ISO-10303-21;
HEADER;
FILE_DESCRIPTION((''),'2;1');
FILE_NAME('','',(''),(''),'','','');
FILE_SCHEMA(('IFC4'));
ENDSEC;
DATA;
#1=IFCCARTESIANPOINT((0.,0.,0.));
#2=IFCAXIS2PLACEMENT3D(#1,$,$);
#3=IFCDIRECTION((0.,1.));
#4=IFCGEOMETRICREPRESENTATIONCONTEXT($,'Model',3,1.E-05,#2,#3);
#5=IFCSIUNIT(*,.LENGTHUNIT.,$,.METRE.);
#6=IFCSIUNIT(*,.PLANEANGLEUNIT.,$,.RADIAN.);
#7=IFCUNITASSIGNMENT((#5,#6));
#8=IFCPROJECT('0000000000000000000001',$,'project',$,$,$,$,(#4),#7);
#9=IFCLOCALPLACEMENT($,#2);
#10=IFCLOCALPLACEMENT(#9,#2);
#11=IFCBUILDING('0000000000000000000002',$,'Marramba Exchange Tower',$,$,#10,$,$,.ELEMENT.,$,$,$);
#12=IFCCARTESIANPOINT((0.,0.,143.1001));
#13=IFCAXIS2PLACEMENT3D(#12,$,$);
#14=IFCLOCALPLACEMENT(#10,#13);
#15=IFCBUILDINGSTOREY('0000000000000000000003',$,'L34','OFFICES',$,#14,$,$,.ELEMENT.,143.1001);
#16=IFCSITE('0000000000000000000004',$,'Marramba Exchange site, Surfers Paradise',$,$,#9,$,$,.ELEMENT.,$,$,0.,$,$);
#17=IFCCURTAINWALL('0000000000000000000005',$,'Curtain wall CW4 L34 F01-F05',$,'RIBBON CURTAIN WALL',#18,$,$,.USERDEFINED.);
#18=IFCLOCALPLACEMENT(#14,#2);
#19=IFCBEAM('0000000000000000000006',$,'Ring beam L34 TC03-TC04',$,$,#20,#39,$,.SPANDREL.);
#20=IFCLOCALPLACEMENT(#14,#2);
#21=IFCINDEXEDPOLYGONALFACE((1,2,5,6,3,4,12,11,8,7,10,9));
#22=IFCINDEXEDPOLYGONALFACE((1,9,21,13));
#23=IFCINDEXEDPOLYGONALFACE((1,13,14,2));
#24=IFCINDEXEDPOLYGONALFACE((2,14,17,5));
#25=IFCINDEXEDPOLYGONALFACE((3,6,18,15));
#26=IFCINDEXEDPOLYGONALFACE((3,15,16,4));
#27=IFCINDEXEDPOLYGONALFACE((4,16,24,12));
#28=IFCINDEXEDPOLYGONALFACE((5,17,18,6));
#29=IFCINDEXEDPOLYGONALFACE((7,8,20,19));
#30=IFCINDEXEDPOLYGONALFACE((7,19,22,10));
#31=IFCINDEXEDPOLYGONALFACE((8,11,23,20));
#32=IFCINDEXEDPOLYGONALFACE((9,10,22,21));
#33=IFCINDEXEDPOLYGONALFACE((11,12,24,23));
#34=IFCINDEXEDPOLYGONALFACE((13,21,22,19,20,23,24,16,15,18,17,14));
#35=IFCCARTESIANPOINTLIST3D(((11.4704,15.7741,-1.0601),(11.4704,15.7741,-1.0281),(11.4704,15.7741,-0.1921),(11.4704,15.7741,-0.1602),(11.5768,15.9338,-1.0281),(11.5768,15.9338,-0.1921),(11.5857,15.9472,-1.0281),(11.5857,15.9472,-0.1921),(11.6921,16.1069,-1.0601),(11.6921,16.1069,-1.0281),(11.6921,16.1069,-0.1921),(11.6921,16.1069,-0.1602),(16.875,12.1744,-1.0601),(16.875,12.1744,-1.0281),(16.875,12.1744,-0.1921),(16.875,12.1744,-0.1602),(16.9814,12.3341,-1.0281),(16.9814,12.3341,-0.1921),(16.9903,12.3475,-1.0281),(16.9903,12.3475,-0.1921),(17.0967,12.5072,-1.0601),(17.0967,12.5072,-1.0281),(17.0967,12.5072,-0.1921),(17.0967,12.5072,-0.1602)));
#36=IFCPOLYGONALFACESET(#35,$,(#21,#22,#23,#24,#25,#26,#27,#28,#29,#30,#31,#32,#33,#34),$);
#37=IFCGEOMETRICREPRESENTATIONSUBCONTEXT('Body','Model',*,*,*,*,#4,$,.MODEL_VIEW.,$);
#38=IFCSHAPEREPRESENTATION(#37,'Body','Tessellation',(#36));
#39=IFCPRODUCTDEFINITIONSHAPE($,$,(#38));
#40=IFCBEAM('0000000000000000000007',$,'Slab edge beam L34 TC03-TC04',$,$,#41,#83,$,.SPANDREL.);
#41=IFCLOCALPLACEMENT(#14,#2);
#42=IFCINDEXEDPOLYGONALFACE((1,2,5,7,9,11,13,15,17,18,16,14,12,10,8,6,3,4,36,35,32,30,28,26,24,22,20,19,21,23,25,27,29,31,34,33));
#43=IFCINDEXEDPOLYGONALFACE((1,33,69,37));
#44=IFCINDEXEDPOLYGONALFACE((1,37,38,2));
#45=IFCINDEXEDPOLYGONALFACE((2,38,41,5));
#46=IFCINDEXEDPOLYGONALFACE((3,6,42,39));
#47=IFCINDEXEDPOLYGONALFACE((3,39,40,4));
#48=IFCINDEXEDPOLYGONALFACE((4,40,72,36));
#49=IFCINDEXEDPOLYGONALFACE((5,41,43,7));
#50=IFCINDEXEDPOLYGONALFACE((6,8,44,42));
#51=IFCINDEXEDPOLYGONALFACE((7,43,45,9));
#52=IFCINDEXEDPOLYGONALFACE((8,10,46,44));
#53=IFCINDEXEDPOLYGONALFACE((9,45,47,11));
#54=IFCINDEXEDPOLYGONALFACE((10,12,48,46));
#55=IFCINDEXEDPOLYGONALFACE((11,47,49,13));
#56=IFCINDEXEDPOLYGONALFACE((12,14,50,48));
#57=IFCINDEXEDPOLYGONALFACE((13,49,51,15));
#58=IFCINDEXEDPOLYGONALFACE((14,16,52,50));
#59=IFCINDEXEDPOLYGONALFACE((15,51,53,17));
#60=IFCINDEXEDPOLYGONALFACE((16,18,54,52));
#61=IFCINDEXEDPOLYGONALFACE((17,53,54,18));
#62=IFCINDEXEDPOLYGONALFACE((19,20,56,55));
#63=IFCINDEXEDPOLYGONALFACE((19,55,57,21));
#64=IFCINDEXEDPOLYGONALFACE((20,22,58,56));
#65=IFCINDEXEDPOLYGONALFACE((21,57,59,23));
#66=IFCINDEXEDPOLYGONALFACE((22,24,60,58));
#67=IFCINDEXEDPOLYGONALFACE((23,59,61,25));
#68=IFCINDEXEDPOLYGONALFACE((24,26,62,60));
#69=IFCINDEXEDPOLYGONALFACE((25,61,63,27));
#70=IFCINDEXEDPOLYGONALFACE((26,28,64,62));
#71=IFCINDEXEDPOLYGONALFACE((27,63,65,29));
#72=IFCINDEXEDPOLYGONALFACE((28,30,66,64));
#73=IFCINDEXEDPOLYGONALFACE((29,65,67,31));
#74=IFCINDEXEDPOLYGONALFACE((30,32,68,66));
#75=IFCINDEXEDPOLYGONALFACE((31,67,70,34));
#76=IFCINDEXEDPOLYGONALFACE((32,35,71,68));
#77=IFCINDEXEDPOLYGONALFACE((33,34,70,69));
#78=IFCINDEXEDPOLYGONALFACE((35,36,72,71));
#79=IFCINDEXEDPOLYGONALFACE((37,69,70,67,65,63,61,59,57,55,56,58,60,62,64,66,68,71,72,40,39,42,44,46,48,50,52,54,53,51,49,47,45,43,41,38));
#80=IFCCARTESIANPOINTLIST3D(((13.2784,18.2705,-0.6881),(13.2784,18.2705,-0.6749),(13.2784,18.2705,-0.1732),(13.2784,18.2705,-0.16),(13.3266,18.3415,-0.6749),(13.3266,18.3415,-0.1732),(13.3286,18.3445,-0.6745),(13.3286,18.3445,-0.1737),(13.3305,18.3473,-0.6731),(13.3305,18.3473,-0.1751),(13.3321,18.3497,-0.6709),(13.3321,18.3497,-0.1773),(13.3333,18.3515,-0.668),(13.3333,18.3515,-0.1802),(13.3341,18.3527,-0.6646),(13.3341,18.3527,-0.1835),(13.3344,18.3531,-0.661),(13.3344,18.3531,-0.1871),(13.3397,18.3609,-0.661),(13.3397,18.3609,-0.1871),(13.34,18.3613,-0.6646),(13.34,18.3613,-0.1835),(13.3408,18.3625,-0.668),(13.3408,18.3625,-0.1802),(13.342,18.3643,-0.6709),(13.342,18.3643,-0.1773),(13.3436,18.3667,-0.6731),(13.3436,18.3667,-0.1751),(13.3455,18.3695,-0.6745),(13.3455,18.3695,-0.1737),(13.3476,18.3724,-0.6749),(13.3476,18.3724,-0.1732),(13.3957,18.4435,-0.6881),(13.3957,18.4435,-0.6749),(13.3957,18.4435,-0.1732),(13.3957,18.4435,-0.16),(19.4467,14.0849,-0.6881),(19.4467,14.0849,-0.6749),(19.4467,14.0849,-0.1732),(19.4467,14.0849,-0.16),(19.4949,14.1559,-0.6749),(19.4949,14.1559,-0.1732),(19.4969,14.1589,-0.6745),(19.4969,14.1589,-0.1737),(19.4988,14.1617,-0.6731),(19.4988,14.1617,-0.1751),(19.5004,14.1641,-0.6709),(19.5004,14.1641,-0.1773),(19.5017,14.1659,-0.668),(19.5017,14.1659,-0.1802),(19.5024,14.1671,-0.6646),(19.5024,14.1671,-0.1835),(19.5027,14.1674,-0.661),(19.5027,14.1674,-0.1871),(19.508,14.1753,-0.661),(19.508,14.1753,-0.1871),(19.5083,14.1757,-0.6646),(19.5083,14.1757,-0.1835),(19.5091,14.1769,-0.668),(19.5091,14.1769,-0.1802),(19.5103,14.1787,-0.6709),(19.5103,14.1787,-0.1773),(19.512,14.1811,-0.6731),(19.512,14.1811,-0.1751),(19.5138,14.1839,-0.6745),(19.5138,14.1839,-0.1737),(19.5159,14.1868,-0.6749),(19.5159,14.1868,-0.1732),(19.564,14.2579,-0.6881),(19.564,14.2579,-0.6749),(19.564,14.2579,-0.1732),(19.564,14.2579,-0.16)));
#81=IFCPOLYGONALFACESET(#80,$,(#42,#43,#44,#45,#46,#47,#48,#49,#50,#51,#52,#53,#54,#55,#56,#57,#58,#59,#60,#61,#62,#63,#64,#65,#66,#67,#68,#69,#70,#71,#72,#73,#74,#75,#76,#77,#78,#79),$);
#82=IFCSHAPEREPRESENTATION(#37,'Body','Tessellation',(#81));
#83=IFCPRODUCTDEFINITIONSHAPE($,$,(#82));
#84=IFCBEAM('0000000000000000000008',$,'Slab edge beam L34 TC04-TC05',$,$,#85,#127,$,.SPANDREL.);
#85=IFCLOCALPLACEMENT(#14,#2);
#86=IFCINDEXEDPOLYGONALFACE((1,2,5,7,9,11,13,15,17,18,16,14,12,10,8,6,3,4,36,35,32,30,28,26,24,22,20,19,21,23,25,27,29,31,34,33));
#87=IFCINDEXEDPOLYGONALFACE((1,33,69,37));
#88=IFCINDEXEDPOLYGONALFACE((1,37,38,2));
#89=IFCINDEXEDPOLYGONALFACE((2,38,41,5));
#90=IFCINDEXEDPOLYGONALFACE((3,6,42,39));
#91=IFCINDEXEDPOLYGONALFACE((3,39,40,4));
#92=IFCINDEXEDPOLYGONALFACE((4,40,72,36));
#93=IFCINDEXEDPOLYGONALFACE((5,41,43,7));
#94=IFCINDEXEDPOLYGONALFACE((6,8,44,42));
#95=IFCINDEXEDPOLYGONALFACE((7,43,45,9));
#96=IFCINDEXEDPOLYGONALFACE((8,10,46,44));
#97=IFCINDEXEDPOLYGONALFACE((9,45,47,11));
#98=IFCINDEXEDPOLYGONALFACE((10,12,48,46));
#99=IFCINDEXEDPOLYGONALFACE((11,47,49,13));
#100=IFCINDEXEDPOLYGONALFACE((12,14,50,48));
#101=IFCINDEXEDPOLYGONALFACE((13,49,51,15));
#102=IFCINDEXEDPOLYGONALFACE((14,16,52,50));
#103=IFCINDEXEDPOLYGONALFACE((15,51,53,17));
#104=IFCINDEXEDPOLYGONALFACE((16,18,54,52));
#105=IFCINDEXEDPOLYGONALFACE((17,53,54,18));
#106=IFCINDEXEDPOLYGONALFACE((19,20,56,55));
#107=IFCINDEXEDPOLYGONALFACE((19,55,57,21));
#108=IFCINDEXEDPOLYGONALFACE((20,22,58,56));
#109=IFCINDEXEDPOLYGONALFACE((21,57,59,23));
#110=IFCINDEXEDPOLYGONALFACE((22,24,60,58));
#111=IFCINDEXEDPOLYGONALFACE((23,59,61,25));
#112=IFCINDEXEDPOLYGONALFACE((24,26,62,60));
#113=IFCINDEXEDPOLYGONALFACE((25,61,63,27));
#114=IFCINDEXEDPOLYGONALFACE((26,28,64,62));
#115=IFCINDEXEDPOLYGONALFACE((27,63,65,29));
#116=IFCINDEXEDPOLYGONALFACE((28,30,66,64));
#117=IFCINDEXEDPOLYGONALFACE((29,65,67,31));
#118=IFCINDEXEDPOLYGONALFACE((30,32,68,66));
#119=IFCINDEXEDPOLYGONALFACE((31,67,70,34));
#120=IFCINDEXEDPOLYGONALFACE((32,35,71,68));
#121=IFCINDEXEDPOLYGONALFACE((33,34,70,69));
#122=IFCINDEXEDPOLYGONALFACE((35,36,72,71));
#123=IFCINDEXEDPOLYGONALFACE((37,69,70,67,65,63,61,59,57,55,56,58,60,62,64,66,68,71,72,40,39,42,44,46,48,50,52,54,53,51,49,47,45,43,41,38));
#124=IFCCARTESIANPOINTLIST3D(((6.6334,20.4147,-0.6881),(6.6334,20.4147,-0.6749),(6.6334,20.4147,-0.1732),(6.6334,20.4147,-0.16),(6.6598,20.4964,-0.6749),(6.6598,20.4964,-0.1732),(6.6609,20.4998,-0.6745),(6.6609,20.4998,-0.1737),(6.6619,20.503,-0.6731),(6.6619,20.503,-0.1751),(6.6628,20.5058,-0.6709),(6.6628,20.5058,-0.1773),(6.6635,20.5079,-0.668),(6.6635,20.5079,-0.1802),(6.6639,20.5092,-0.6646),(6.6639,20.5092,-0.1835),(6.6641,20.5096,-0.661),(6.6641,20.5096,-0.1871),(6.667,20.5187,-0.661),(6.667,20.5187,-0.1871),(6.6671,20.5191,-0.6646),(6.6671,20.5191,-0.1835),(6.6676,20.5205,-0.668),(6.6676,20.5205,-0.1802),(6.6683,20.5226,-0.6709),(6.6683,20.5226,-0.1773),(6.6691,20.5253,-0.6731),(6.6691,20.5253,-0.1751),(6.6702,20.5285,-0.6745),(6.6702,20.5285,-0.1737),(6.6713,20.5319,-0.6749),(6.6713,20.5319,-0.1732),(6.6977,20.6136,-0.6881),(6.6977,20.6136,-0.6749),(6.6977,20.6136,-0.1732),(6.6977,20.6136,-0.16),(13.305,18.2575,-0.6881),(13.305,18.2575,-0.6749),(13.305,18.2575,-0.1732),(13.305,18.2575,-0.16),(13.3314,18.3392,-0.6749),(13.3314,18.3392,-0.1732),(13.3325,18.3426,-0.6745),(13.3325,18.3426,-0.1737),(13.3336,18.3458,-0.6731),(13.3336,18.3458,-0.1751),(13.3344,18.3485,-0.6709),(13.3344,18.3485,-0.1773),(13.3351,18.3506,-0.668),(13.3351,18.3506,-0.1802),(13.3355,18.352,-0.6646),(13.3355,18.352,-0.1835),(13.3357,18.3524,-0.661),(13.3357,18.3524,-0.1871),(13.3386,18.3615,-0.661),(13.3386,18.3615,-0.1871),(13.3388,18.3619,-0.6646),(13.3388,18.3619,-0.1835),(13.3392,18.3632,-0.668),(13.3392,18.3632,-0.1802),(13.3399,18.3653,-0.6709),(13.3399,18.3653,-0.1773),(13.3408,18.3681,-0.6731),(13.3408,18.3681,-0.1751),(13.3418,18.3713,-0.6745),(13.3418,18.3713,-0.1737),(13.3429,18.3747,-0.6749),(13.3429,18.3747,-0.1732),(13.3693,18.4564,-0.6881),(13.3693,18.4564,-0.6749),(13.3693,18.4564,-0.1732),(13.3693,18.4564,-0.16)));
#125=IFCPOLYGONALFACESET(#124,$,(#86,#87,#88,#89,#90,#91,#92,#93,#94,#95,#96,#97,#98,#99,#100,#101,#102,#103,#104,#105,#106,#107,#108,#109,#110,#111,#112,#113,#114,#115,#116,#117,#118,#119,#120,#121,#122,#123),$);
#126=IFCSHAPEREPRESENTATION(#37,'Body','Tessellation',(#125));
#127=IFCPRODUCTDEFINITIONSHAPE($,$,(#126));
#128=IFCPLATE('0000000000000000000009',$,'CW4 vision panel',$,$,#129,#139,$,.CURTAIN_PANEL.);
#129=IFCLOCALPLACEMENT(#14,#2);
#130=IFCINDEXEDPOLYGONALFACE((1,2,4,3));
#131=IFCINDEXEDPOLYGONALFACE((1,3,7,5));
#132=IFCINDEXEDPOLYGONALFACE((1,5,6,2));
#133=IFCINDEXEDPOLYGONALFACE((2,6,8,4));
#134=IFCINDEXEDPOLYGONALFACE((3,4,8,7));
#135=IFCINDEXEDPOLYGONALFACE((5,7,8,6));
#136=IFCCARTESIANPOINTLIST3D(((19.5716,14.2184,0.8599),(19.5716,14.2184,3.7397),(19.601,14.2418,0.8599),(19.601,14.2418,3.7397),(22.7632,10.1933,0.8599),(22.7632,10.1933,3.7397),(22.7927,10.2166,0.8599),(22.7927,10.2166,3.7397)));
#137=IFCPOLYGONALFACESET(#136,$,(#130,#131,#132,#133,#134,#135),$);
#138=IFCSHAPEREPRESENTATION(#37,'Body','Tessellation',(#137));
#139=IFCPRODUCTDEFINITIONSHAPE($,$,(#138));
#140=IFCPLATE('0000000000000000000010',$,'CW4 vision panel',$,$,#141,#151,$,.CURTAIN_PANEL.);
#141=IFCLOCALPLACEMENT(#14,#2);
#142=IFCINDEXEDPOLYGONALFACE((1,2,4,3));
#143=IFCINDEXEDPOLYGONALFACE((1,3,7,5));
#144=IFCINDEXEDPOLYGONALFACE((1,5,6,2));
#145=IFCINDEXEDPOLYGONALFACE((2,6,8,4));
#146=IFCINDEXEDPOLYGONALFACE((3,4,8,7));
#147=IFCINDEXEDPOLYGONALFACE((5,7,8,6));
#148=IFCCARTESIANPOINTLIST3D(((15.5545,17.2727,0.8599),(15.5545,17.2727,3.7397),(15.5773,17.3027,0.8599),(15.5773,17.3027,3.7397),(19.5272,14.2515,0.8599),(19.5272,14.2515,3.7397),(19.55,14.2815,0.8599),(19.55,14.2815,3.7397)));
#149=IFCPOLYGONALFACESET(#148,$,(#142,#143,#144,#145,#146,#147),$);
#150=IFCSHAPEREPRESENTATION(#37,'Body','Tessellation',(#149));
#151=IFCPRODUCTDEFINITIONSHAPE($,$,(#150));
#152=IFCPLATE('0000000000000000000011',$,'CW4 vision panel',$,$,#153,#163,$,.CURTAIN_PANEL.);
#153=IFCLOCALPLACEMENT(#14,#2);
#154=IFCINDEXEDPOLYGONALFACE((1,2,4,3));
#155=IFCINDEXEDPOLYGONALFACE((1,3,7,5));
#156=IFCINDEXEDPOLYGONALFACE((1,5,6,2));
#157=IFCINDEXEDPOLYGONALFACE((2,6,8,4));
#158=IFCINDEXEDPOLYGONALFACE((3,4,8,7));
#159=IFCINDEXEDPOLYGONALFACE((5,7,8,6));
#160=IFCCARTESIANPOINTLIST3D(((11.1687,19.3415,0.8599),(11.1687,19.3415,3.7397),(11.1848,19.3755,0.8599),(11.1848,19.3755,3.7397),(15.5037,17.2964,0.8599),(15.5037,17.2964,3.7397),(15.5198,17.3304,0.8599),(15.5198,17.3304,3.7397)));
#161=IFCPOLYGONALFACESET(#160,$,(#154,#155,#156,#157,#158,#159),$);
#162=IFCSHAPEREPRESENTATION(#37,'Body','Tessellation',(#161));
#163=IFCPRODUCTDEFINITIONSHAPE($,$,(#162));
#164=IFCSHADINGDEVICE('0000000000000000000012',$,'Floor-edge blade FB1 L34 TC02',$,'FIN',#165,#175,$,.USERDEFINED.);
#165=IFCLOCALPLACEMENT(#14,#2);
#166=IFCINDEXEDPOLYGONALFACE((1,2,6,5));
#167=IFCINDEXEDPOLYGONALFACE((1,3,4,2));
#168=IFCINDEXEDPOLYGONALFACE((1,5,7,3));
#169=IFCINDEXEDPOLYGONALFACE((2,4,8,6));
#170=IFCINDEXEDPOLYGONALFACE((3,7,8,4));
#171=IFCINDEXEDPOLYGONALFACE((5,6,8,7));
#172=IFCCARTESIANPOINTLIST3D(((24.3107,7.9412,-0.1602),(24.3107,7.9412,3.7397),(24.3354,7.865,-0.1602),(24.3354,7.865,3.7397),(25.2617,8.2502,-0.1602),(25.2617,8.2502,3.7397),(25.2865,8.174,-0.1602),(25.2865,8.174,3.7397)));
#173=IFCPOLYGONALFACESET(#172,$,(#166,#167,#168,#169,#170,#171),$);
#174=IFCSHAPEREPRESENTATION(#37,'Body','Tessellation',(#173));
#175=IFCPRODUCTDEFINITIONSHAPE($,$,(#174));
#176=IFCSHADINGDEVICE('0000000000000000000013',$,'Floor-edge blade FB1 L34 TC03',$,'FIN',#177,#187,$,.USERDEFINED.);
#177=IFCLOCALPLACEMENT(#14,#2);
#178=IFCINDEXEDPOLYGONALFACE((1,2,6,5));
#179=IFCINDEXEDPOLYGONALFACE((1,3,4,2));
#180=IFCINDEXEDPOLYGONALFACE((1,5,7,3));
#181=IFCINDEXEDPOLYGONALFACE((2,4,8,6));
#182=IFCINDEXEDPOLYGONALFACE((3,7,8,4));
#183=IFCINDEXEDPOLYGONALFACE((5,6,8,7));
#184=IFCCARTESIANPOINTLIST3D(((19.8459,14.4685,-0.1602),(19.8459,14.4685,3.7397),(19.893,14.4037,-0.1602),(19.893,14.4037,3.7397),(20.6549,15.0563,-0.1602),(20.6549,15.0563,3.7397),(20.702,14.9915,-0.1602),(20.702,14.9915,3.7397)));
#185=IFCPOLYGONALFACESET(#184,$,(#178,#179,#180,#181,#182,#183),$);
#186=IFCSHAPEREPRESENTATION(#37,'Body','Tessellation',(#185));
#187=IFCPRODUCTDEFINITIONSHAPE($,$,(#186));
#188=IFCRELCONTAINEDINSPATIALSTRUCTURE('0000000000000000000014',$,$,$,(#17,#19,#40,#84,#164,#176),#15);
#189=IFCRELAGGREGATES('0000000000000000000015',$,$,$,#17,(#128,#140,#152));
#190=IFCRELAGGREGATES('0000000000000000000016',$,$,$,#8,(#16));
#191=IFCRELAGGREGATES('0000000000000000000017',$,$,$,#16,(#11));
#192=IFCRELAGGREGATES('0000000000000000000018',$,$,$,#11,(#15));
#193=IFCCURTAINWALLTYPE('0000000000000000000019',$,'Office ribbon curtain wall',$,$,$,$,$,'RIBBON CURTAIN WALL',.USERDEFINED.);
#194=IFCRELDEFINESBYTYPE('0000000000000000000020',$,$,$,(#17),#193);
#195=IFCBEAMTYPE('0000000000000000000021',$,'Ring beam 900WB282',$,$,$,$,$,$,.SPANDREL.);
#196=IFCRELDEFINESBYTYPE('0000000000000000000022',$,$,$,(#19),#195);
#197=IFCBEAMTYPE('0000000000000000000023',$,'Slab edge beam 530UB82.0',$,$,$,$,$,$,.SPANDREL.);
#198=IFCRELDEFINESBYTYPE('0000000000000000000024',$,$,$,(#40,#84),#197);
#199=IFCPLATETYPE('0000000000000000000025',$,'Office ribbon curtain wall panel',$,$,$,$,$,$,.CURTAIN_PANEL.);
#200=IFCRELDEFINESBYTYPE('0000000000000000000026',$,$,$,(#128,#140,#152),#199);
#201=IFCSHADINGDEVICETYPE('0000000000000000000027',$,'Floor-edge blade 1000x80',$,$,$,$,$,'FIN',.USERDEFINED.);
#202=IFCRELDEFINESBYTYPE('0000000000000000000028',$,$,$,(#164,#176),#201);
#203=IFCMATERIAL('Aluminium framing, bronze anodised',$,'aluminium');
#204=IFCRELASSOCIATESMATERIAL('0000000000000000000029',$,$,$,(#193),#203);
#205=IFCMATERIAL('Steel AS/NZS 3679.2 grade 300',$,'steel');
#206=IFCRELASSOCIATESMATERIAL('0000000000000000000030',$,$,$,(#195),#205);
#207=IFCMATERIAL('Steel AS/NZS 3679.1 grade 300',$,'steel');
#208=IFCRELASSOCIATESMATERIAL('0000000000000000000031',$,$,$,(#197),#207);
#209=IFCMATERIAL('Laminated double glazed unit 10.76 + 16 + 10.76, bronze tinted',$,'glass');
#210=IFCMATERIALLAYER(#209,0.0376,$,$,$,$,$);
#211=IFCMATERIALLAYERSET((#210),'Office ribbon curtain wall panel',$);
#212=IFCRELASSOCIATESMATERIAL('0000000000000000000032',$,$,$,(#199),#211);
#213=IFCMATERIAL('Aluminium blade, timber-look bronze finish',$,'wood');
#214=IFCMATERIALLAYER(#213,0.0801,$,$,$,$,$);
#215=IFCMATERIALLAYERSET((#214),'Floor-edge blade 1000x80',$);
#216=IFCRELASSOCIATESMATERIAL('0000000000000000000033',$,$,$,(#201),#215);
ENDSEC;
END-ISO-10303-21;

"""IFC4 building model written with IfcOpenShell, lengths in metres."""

from ifc_helpers import new_model, si_unit, direction, frame, origin, origin_2d, place, context, subcontext, project, spatial, rectangle, i_section, extrude, material, layer, layer_set, material_profile, profile_set, type_object, element, aggregate, save


model = new_model("IFC4")

# Units and contexts
model_context = context("Model", 3, precision=1e-05, world=origin(), true_north=direction((0.0, 1.0)))
body_context = subcontext(model_context, "Body", "Model", "MODEL_VIEW")
ifc_project = project(units=[si_unit("LENGTHUNIT", "METRE"), si_unit("PLANEANGLEUNIT", "RADIAN")], contexts=[model_context])

# Site, building, storey
site_placement = place(None, origin())
site = spatial("IfcSite", under=ifc_project, at=site_placement, Name="Marramba Exchange site, Surfers Paradise", CompositionType="ELEMENT", RefElevation=0.0)
building_placement = place(site_placement, origin())
building = spatial("IfcBuilding", under=site, at=building_placement, Name="Marramba Exchange Tower", CompositionType="ELEMENT")
storey_placement = place(building_placement, frame((0.0, 0.0, 143.1001)))
storey = spatial("IfcBuildingStorey", under=building, at=storey_placement, Name="L34", Description="OFFICES", CompositionType="ELEMENT", Elevation=143.1001)

# Shared definitions
ifc_material_1 = material(Name="Steel AS/NZS 3679.2 grade 300", Category="steel")
ifc_material_2 = material(Name="Steel AS/NZS 3679.1 grade 300", Category="steel")

# Curtain wall
ifc_material_3 = material(Name="Aluminium framing, bronze anodised", Category="aluminium")
curtain_wall_type = type_object("IfcCurtainWallType", Name="Office ribbon curtain wall", ElementType="RIBBON CURTAIN WALL", PredefinedType="USERDEFINED", material=ifc_material_3)
curtain_wall_placement = place(storey_placement, origin())
curtain_wall = element("IfcCurtainWall", 1, at=curtain_wall_placement, inside=storey, type_object=curtain_wall_type, Name="Curtain wall CW4 L34 F01-F05", ObjectType="RIBBON CURTAIN WALL", PredefinedType="USERDEFINED")

# Beams
ifc_material_profile_1 = material_profile(ifc_material_1, i_section(OverallWidth=0.3999, OverallDepth=0.8999, WebThickness=0.0161, FlangeThickness=0.032, at=origin_2d()), Name="900WB282")
ifc_profile_set_1 = profile_set([ifc_material_profile_1], Name="Steel AS/NZS 3679.2 grade 300")
beam_type_1 = type_object("IfcBeamType", Name="Ring beam 900WB282", PredefinedType="SPANDREL", material=ifc_profile_set_1)
beam_1_placement = place(storey_placement, frame((16.9858, 12.3408, -0.6101), z_axis=(-0.832293, 0.554336, 0.0), x_axis=(-0.554336, -0.832293, 0.0)))
element("IfcBeam", 2, at=beam_1_placement, inside=storey, type_object=beam_type_1, Name="Ring beam L34 TC03-TC04", PredefinedType="SPANDREL", context=body_context, shape_type="SweptSolid", body=[
    extrude(i_section(OverallWidth=0.3999, OverallDepth=0.8999, WebThickness=0.0161, FlangeThickness=0.032, at=origin_2d()), origin(), (0.0, 0.0, 1.0), 6.4937),
])
ifc_material_profile_2 = material_profile(ifc_material_2, i_section(OverallWidth=0.209, OverallDepth=0.5281, WebThickness=0.0095, FlangeThickness=0.0132, FilletRadius=0.0139, at=origin_2d()), Name="530UB82.0")
ifc_profile_set_2 = profile_set([ifc_material_profile_2], Name="Steel AS/NZS 3679.1 grade 300")
beam_type_2 = type_object("IfcBeamType", Name="Slab edge beam 530UB82.0", PredefinedType="SPANDREL", material=ifc_profile_set_2)
beam_2_placement = place(storey_placement, frame((19.5054, 14.1714, -0.4241), z_axis=(-0.827477, 0.561499, 0.0), x_axis=(-0.561499, -0.827477, 0.0)))
element("IfcBeam", 3, at=beam_2_placement, inside=storey, type_object=beam_type_2, Name="Slab edge beam L34 TC03-TC04", PredefinedType="SPANDREL", context=body_context, shape_type="SweptSolid", body=[
    extrude(i_section(OverallWidth=0.209, OverallDepth=0.5281, WebThickness=0.0095, FlangeThickness=0.0132, FilletRadius=0.0139, at=origin_2d()), origin(), (0.0, 0.0, 1.0), 7.4543),
])
beam_3_placement = place(storey_placement, frame((13.3372, 18.3569, -0.4241), z_axis=(-0.951496, 0.30766, 0.0), x_axis=(-0.30766, -0.951496, 0.0)))
element("IfcBeam", 4, at=beam_3_placement, inside=storey, type_object=beam_type_2, Name="Slab edge beam L34 TC04-TC05", PredefinedType="SPANDREL", context=body_context, shape_type="SweptSolid", body=[
    extrude(i_section(OverallWidth=0.209, OverallDepth=0.5281, WebThickness=0.0095, FlangeThickness=0.0132, FilletRadius=0.0139, at=origin_2d()), origin(), (0.0, 0.0, 1.0), 7.0117),
])

# Plates
ifc_material_4 = material(Name="Laminated double glazed unit 10.76 + 16 + 10.76, bronze tinted", Category="glass")
ifc_layer_1 = layer(ifc_material_4, 0.0376)
ifc_layer_set_1 = layer_set([ifc_layer_1], Name="Office ribbon curtain wall panel")
plate_type = type_object("IfcPlateType", Name="Office ribbon curtain wall panel", PredefinedType="CURTAIN_PANEL", material=ifc_layer_set_1)
plate_1_placement = place(storey_placement, frame((21.1821, 12.2175, 0.8599), z_axis=(0.0, 0.0, 1.0), x_axis=(-0.621312, 0.783563, 0.0)))
plate_1 = element("IfcPlate", 5, at=plate_1_placement, type_object=plate_type, Name="CW4 vision panel", PredefinedType="CURTAIN_PANEL", context=body_context, shape_type="SweptSolid", body=[
    extrude(rectangle(XDim=5.137, YDim=0.0376, at=origin_2d()), origin(), (0.0, 0.0, 1.0), 2.8799),
])
plate_2_placement = place(storey_placement, frame((17.5522, 15.7771, 0.8599), z_axis=(0.0, 0.0, 1.0), x_axis=(-0.795972, 0.605334, 0.0)))
plate_2 = element("IfcPlate", 6, at=plate_2_placement, type_object=plate_type, Name="CW4 vision panel", PredefinedType="CURTAIN_PANEL", context=body_context, shape_type="SweptSolid", body=[
    extrude(rectangle(XDim=4.991, YDim=0.0376, at=origin_2d()), origin(), (0.0, 0.0, 1.0), 2.8799),
])
plate_3_placement = place(storey_placement, frame((13.3442, 18.3359, 0.8599), z_axis=(0.0, 0.0, 1.0), x_axis=(-0.904403, 0.426679, 0.0)))
plate_3 = element("IfcPlate", 7, at=plate_3_placement, type_object=plate_type, Name="CW4 vision panel", PredefinedType="CURTAIN_PANEL", context=body_context, shape_type="SweptSolid", body=[
    extrude(rectangle(XDim=4.7932, YDim=0.0376, at=origin_2d()), origin(), (0.0, 0.0, 1.0), 2.8799),
])
aggregate(curtain_wall, [plate_1, plate_2, plate_3])

# Shading devices
ifc_material_5 = material(Name="Aluminium blade, timber-look bronze finish", Category="wood")
ifc_layer_2 = layer(ifc_material_5, 0.0801)
ifc_layer_set_2 = layer_set([ifc_layer_2], Name="Floor-edge blade 1000x80")
shading_device_type_1 = type_object("IfcShadingDeviceType", Name="Floor-edge blade 1000x80", ElementType="FIN", PredefinedType="USERDEFINED", material=ifc_layer_set_2)
for number, where, z_axis, x_axis, name in (
    (8, (24.7986, 8.0576, -0.1602), (0.0, 0.0, 1.0), (0.951057, 0.309017, 0.0), "Floor-edge blade FB1 L34 TC02"),
    (9, (20.2739, 14.73, -0.1602), (0.0, 0.0, 1.0), (0.809017, 0.587785, 0.0), "Floor-edge blade FB1 L34 TC03"),
):
    element("IfcShadingDevice", number, at=place(storey_placement, frame(where, z_axis=z_axis, x_axis=x_axis)), inside=storey, type_object=shading_device_type_1, Name=name, ObjectType="FIN", PredefinedType="USERDEFINED", context=body_context, shape_type="SweptSolid", body=[
        extrude(rectangle(XDim=1.0, YDim=0.0801, at=origin_2d()), origin(), (0.0, 0.0, 1.0), 3.8999),
    ])

save(model, "model.ifc")
